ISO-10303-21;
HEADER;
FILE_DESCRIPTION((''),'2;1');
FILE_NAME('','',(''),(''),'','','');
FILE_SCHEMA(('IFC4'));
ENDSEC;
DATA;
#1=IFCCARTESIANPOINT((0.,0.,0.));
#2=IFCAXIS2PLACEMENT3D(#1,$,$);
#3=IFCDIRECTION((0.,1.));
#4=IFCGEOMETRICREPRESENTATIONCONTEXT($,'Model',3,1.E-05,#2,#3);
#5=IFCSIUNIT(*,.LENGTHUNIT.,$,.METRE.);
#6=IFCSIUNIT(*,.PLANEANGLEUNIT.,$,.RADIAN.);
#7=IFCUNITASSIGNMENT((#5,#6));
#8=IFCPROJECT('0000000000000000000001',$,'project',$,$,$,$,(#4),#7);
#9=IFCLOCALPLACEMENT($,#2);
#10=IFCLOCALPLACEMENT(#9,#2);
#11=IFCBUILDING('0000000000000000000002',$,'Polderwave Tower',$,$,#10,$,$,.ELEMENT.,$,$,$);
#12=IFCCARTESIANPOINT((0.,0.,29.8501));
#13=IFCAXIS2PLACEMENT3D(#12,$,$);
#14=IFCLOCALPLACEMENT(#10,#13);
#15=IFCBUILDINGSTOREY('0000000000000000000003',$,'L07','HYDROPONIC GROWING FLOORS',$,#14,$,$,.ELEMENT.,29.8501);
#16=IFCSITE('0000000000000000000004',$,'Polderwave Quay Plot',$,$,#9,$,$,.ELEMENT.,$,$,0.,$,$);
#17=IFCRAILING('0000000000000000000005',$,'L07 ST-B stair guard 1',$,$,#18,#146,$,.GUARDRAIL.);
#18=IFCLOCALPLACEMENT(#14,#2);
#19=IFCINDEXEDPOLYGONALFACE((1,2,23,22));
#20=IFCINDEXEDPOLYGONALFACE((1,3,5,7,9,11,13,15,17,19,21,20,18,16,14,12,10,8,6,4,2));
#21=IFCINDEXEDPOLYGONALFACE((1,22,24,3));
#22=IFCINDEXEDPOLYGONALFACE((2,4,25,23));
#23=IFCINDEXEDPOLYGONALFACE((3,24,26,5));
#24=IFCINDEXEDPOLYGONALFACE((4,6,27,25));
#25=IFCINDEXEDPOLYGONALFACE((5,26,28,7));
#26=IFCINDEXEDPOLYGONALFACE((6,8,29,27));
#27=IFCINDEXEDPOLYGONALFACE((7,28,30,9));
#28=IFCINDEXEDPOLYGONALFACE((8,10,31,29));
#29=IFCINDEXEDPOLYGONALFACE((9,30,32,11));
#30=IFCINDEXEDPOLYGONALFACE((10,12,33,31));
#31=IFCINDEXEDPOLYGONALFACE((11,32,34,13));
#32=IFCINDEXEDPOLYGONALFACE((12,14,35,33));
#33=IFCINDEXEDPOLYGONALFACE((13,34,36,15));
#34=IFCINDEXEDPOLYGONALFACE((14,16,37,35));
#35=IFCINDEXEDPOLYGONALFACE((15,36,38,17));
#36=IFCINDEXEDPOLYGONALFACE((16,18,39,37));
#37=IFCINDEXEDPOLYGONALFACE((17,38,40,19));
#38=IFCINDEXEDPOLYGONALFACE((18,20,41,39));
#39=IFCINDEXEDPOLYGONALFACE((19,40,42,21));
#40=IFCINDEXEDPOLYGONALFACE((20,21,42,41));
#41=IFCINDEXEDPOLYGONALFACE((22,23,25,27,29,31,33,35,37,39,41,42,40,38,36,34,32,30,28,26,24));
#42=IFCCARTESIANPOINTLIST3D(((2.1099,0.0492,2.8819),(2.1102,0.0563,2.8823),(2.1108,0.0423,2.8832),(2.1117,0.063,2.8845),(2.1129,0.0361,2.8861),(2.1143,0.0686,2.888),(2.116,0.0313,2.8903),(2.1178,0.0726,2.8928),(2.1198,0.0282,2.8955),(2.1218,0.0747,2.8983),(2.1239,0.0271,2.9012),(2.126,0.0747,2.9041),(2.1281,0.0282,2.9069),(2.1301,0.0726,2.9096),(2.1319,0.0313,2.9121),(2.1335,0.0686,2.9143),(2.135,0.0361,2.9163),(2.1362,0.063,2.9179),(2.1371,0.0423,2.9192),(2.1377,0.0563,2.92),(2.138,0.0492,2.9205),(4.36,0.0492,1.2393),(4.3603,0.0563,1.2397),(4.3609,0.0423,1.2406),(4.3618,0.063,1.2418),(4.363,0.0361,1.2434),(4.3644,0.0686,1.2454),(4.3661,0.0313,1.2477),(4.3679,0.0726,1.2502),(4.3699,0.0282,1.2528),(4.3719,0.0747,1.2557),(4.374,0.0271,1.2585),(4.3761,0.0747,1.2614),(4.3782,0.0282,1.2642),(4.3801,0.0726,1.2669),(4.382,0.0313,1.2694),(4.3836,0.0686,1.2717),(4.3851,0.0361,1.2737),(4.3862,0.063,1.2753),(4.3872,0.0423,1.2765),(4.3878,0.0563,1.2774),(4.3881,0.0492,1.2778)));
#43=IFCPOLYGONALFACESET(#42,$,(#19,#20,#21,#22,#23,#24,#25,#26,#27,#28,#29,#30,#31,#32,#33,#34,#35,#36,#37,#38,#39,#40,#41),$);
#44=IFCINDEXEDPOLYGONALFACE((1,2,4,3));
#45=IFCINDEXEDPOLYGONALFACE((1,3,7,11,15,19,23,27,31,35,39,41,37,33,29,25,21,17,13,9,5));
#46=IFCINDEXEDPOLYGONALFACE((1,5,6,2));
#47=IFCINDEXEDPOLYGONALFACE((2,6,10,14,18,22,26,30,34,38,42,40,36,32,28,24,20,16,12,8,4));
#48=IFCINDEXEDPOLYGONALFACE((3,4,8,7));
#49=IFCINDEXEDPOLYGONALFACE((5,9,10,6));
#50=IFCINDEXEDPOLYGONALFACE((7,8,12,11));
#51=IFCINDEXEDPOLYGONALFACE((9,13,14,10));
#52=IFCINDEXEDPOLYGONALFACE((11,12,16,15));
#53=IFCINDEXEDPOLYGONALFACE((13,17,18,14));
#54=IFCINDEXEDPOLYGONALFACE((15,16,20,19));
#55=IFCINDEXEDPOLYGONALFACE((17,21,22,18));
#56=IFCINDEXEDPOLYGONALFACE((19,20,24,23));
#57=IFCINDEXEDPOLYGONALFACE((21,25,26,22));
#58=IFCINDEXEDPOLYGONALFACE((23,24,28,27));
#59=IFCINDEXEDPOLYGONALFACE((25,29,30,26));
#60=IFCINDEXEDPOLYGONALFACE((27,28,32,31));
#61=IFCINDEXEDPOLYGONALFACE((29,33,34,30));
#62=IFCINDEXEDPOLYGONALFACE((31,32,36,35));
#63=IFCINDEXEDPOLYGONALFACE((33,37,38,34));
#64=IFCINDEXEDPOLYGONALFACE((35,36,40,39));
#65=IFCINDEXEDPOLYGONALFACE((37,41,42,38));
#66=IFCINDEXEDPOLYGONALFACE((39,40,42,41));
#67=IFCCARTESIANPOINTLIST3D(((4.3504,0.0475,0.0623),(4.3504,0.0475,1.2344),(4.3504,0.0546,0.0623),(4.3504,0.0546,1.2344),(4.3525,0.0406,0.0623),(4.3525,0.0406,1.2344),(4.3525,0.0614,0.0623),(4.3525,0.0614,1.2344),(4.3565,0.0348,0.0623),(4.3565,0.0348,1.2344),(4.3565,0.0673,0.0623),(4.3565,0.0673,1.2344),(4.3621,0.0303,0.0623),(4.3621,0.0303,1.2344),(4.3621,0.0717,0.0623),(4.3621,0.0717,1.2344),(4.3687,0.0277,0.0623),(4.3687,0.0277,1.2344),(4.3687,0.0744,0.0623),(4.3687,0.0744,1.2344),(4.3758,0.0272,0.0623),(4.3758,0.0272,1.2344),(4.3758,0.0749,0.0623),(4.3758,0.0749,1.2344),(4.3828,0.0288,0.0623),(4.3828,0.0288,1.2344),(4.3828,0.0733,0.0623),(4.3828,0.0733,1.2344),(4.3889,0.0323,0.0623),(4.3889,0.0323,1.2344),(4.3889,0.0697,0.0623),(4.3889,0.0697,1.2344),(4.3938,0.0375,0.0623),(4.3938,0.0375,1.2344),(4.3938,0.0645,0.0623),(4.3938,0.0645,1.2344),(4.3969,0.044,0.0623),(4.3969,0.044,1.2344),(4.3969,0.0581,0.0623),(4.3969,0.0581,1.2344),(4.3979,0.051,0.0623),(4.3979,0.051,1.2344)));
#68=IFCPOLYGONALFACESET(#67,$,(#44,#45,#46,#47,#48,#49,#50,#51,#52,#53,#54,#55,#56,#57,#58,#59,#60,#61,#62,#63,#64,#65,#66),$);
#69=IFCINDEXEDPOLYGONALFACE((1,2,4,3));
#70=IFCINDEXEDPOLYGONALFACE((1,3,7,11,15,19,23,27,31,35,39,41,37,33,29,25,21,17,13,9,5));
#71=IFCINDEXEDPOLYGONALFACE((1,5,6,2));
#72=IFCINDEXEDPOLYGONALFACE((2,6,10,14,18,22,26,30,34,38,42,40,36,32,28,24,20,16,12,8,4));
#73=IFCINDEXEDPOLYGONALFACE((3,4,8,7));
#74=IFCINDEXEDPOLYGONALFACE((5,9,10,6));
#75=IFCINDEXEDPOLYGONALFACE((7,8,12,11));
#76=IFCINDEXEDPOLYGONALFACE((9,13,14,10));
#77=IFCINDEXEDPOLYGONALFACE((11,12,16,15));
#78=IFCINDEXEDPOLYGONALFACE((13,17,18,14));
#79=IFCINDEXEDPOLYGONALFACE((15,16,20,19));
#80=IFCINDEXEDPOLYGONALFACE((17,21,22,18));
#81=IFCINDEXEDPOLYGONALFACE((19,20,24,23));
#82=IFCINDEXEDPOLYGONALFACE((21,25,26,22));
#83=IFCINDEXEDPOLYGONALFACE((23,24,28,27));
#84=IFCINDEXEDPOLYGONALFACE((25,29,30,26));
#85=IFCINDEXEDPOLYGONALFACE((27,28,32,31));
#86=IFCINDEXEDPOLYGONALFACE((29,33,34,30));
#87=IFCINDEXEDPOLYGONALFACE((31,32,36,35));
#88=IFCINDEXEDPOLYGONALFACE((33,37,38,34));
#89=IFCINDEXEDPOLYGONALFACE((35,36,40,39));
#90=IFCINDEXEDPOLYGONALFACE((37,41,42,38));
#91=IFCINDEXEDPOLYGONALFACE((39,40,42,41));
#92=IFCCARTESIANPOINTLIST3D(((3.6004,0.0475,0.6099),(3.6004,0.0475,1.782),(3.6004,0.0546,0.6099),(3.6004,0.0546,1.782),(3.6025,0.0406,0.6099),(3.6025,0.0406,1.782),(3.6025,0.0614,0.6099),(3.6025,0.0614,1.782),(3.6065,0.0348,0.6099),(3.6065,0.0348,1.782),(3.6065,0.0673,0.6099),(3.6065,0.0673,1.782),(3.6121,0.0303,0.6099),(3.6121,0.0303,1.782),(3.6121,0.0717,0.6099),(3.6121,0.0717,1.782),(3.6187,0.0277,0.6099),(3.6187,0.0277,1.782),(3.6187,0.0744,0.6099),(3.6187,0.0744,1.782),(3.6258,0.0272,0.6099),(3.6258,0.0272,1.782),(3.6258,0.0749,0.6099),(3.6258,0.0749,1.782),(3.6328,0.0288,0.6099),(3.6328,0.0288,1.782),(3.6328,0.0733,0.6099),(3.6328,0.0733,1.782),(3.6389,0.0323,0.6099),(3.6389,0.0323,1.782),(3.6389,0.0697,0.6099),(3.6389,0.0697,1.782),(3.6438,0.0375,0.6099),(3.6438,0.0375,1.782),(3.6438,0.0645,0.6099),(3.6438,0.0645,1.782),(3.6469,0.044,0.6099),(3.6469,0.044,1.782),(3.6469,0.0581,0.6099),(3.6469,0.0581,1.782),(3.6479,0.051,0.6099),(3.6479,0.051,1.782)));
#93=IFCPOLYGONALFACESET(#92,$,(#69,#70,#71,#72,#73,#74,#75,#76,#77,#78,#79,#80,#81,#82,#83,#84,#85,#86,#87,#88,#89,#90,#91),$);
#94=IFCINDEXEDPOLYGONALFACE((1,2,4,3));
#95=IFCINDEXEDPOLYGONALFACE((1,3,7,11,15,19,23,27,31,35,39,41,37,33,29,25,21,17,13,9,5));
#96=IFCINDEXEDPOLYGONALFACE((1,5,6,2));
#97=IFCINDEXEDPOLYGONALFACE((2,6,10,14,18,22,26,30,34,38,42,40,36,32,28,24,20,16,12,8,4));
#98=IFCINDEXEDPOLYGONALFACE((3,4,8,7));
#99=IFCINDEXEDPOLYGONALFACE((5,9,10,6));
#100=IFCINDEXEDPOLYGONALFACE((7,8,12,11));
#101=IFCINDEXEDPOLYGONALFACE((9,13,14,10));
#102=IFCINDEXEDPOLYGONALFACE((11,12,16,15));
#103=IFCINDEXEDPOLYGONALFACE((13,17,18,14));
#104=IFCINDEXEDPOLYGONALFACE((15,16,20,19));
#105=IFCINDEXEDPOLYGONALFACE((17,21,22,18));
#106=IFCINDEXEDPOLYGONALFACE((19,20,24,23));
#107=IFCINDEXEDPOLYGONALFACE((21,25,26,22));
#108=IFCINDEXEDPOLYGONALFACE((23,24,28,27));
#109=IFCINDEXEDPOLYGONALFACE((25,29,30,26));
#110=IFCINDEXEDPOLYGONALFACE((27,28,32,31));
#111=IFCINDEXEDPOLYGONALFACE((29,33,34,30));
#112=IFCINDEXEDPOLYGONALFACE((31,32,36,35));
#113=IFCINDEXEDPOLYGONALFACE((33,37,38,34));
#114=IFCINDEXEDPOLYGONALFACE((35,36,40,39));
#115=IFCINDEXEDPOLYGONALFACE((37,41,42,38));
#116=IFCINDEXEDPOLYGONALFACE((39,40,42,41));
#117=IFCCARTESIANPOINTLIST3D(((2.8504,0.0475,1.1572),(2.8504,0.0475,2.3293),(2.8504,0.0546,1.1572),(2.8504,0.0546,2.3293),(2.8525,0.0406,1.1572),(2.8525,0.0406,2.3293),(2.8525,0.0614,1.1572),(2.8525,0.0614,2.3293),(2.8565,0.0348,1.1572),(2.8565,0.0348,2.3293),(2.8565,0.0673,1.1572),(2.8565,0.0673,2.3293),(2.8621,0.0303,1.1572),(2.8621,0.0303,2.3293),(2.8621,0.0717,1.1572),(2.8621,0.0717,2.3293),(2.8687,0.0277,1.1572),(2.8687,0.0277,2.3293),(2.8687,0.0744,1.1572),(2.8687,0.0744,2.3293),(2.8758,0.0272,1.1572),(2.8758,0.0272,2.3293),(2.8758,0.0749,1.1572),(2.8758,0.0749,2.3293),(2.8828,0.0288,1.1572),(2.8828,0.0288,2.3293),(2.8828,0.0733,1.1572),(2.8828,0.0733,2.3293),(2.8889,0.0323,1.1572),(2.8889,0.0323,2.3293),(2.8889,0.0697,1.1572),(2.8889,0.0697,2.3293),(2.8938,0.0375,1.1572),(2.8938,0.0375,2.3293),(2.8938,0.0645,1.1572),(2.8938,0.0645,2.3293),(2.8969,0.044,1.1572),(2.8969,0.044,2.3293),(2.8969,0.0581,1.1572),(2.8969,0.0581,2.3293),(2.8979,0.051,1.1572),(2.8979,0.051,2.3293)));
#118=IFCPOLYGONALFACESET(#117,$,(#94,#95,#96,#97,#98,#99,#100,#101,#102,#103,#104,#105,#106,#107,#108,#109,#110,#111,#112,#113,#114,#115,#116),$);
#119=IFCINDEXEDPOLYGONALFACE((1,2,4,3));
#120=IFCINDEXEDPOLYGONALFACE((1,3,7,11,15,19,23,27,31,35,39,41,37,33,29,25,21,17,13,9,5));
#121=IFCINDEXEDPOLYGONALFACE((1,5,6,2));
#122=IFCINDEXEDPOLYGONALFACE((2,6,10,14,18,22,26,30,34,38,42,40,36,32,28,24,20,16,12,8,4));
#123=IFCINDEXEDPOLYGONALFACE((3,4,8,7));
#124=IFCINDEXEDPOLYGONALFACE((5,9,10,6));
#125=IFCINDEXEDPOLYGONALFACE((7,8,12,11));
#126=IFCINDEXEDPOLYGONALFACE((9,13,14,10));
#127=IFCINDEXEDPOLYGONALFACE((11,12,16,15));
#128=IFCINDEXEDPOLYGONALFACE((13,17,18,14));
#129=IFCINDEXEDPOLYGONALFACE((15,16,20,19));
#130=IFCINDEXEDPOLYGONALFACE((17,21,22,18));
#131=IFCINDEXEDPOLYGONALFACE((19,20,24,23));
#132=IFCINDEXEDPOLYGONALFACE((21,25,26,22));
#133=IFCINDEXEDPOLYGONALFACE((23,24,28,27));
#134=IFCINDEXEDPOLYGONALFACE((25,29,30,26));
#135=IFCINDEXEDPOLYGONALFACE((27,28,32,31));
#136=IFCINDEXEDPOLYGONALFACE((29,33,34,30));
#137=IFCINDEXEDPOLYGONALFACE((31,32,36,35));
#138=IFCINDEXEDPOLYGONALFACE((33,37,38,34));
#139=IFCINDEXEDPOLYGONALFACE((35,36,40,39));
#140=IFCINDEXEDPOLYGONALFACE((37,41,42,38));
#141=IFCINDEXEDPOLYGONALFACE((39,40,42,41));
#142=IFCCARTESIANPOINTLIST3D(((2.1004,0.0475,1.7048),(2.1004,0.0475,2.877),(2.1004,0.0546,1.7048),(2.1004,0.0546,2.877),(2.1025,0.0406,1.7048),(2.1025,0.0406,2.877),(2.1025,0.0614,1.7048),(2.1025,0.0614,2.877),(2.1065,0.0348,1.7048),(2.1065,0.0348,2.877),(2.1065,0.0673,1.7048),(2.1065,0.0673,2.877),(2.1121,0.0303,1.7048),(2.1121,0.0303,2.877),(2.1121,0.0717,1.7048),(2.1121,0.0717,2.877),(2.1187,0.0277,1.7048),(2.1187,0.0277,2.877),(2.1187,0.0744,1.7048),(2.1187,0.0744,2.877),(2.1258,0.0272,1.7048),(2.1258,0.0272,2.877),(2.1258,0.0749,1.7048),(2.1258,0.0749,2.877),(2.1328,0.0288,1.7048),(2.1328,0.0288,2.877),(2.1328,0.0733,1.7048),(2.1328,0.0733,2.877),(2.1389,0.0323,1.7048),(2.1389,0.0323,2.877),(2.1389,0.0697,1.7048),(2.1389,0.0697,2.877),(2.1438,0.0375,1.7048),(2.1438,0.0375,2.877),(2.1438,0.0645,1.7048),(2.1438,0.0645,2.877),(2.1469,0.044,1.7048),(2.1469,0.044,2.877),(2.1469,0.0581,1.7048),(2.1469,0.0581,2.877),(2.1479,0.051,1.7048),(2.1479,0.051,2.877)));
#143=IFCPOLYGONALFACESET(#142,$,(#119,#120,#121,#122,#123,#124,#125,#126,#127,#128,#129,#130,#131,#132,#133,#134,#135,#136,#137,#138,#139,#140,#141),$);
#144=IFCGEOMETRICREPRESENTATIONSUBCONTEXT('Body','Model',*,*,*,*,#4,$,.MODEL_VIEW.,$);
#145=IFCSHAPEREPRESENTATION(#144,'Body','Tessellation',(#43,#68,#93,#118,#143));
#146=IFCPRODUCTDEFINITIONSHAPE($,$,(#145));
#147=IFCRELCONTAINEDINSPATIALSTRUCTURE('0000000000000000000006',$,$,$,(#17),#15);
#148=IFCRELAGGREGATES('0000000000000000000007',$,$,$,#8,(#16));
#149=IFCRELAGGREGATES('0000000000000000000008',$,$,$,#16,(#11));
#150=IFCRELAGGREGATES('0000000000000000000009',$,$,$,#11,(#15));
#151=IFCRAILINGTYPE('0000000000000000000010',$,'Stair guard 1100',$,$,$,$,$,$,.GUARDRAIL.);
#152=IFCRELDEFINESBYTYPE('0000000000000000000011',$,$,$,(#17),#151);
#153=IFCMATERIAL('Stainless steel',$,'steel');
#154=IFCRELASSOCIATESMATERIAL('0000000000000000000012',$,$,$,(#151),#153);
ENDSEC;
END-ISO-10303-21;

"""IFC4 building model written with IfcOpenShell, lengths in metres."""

from ifc_helpers import new_model, si_unit, direction, frame, origin, origin_2d, place, context, subcontext, project, spatial, circle, extrude, material, type_object, element, save


model = new_model("IFC4")

# Units and contexts
model_context = context("Model", 3, precision=1e-05, world=origin(), true_north=direction((0.0, 1.0)))
body_context = subcontext(model_context, "Body", "Model", "MODEL_VIEW")
ifc_project = project(units=[si_unit("LENGTHUNIT", "METRE"), si_unit("PLANEANGLEUNIT", "RADIAN")], contexts=[model_context])

# Site, building, storey
site_placement = place(None, origin())
site = spatial("IfcSite", under=ifc_project, at=site_placement, Name="Polderwave Quay Plot", CompositionType="ELEMENT", RefElevation=0.0)
building_placement = place(site_placement, origin())
building = spatial("IfcBuilding", under=site, at=building_placement, Name="Polderwave Tower", CompositionType="ELEMENT")
storey_placement = place(building_placement, frame((0.0, 0.0, 29.8501)))
storey = spatial("IfcBuildingStorey", under=building, at=storey_placement, Name="L07", Description="HYDROPONIC GROWING FLOORS", CompositionType="ELEMENT", Elevation=29.8501)

# Railing
ifc_material_1 = material(Name="Stainless steel", Category="steel")
railing_type_1 = type_object("IfcRailingType", Name="Stair guard 1100", PredefinedType="GUARDRAIL", material=ifc_material_1)
railing_1_placement = place(storey_placement, frame((4.374, 0.051, 0.0623)))
element("IfcRailing", 1, at=railing_1_placement, inside=storey, type_object=railing_type_1, Name="L07 ST-B stair guard 1", PredefinedType="GUARDRAIL", context=body_context, shape_type="SweptSolid", body=[
    extrude(circle(Radius=0.0239, at=origin_2d()), frame((0.0, 0.0, 1.1963), z_axis=(-0.807674, 0.0, 0.58963), x_axis=(0.0, -1.0, 0.0)), (0.0, 0.0, 1.0), 2.7859),
    extrude(circle(Radius=0.0239, at=origin_2d()), origin(), (0.0, 0.0, 1.0), 1.1721),
    extrude(circle(Radius=0.0239, at=origin_2d()), frame((-0.75, 0.0, 0.5476)), (0.0, 0.0, 1.0), 1.1721),
    extrude(circle(Radius=0.0239, at=origin_2d()), frame((-1.5, 0.0, 1.095)), (0.0, 0.0, 1.0), 1.1721),
    extrude(circle(Radius=0.0239, at=origin_2d()), frame((-2.25, 0.0, 1.6426)), (0.0, 0.0, 1.0), 1.1721),
])

save(model, "model.ifc")
